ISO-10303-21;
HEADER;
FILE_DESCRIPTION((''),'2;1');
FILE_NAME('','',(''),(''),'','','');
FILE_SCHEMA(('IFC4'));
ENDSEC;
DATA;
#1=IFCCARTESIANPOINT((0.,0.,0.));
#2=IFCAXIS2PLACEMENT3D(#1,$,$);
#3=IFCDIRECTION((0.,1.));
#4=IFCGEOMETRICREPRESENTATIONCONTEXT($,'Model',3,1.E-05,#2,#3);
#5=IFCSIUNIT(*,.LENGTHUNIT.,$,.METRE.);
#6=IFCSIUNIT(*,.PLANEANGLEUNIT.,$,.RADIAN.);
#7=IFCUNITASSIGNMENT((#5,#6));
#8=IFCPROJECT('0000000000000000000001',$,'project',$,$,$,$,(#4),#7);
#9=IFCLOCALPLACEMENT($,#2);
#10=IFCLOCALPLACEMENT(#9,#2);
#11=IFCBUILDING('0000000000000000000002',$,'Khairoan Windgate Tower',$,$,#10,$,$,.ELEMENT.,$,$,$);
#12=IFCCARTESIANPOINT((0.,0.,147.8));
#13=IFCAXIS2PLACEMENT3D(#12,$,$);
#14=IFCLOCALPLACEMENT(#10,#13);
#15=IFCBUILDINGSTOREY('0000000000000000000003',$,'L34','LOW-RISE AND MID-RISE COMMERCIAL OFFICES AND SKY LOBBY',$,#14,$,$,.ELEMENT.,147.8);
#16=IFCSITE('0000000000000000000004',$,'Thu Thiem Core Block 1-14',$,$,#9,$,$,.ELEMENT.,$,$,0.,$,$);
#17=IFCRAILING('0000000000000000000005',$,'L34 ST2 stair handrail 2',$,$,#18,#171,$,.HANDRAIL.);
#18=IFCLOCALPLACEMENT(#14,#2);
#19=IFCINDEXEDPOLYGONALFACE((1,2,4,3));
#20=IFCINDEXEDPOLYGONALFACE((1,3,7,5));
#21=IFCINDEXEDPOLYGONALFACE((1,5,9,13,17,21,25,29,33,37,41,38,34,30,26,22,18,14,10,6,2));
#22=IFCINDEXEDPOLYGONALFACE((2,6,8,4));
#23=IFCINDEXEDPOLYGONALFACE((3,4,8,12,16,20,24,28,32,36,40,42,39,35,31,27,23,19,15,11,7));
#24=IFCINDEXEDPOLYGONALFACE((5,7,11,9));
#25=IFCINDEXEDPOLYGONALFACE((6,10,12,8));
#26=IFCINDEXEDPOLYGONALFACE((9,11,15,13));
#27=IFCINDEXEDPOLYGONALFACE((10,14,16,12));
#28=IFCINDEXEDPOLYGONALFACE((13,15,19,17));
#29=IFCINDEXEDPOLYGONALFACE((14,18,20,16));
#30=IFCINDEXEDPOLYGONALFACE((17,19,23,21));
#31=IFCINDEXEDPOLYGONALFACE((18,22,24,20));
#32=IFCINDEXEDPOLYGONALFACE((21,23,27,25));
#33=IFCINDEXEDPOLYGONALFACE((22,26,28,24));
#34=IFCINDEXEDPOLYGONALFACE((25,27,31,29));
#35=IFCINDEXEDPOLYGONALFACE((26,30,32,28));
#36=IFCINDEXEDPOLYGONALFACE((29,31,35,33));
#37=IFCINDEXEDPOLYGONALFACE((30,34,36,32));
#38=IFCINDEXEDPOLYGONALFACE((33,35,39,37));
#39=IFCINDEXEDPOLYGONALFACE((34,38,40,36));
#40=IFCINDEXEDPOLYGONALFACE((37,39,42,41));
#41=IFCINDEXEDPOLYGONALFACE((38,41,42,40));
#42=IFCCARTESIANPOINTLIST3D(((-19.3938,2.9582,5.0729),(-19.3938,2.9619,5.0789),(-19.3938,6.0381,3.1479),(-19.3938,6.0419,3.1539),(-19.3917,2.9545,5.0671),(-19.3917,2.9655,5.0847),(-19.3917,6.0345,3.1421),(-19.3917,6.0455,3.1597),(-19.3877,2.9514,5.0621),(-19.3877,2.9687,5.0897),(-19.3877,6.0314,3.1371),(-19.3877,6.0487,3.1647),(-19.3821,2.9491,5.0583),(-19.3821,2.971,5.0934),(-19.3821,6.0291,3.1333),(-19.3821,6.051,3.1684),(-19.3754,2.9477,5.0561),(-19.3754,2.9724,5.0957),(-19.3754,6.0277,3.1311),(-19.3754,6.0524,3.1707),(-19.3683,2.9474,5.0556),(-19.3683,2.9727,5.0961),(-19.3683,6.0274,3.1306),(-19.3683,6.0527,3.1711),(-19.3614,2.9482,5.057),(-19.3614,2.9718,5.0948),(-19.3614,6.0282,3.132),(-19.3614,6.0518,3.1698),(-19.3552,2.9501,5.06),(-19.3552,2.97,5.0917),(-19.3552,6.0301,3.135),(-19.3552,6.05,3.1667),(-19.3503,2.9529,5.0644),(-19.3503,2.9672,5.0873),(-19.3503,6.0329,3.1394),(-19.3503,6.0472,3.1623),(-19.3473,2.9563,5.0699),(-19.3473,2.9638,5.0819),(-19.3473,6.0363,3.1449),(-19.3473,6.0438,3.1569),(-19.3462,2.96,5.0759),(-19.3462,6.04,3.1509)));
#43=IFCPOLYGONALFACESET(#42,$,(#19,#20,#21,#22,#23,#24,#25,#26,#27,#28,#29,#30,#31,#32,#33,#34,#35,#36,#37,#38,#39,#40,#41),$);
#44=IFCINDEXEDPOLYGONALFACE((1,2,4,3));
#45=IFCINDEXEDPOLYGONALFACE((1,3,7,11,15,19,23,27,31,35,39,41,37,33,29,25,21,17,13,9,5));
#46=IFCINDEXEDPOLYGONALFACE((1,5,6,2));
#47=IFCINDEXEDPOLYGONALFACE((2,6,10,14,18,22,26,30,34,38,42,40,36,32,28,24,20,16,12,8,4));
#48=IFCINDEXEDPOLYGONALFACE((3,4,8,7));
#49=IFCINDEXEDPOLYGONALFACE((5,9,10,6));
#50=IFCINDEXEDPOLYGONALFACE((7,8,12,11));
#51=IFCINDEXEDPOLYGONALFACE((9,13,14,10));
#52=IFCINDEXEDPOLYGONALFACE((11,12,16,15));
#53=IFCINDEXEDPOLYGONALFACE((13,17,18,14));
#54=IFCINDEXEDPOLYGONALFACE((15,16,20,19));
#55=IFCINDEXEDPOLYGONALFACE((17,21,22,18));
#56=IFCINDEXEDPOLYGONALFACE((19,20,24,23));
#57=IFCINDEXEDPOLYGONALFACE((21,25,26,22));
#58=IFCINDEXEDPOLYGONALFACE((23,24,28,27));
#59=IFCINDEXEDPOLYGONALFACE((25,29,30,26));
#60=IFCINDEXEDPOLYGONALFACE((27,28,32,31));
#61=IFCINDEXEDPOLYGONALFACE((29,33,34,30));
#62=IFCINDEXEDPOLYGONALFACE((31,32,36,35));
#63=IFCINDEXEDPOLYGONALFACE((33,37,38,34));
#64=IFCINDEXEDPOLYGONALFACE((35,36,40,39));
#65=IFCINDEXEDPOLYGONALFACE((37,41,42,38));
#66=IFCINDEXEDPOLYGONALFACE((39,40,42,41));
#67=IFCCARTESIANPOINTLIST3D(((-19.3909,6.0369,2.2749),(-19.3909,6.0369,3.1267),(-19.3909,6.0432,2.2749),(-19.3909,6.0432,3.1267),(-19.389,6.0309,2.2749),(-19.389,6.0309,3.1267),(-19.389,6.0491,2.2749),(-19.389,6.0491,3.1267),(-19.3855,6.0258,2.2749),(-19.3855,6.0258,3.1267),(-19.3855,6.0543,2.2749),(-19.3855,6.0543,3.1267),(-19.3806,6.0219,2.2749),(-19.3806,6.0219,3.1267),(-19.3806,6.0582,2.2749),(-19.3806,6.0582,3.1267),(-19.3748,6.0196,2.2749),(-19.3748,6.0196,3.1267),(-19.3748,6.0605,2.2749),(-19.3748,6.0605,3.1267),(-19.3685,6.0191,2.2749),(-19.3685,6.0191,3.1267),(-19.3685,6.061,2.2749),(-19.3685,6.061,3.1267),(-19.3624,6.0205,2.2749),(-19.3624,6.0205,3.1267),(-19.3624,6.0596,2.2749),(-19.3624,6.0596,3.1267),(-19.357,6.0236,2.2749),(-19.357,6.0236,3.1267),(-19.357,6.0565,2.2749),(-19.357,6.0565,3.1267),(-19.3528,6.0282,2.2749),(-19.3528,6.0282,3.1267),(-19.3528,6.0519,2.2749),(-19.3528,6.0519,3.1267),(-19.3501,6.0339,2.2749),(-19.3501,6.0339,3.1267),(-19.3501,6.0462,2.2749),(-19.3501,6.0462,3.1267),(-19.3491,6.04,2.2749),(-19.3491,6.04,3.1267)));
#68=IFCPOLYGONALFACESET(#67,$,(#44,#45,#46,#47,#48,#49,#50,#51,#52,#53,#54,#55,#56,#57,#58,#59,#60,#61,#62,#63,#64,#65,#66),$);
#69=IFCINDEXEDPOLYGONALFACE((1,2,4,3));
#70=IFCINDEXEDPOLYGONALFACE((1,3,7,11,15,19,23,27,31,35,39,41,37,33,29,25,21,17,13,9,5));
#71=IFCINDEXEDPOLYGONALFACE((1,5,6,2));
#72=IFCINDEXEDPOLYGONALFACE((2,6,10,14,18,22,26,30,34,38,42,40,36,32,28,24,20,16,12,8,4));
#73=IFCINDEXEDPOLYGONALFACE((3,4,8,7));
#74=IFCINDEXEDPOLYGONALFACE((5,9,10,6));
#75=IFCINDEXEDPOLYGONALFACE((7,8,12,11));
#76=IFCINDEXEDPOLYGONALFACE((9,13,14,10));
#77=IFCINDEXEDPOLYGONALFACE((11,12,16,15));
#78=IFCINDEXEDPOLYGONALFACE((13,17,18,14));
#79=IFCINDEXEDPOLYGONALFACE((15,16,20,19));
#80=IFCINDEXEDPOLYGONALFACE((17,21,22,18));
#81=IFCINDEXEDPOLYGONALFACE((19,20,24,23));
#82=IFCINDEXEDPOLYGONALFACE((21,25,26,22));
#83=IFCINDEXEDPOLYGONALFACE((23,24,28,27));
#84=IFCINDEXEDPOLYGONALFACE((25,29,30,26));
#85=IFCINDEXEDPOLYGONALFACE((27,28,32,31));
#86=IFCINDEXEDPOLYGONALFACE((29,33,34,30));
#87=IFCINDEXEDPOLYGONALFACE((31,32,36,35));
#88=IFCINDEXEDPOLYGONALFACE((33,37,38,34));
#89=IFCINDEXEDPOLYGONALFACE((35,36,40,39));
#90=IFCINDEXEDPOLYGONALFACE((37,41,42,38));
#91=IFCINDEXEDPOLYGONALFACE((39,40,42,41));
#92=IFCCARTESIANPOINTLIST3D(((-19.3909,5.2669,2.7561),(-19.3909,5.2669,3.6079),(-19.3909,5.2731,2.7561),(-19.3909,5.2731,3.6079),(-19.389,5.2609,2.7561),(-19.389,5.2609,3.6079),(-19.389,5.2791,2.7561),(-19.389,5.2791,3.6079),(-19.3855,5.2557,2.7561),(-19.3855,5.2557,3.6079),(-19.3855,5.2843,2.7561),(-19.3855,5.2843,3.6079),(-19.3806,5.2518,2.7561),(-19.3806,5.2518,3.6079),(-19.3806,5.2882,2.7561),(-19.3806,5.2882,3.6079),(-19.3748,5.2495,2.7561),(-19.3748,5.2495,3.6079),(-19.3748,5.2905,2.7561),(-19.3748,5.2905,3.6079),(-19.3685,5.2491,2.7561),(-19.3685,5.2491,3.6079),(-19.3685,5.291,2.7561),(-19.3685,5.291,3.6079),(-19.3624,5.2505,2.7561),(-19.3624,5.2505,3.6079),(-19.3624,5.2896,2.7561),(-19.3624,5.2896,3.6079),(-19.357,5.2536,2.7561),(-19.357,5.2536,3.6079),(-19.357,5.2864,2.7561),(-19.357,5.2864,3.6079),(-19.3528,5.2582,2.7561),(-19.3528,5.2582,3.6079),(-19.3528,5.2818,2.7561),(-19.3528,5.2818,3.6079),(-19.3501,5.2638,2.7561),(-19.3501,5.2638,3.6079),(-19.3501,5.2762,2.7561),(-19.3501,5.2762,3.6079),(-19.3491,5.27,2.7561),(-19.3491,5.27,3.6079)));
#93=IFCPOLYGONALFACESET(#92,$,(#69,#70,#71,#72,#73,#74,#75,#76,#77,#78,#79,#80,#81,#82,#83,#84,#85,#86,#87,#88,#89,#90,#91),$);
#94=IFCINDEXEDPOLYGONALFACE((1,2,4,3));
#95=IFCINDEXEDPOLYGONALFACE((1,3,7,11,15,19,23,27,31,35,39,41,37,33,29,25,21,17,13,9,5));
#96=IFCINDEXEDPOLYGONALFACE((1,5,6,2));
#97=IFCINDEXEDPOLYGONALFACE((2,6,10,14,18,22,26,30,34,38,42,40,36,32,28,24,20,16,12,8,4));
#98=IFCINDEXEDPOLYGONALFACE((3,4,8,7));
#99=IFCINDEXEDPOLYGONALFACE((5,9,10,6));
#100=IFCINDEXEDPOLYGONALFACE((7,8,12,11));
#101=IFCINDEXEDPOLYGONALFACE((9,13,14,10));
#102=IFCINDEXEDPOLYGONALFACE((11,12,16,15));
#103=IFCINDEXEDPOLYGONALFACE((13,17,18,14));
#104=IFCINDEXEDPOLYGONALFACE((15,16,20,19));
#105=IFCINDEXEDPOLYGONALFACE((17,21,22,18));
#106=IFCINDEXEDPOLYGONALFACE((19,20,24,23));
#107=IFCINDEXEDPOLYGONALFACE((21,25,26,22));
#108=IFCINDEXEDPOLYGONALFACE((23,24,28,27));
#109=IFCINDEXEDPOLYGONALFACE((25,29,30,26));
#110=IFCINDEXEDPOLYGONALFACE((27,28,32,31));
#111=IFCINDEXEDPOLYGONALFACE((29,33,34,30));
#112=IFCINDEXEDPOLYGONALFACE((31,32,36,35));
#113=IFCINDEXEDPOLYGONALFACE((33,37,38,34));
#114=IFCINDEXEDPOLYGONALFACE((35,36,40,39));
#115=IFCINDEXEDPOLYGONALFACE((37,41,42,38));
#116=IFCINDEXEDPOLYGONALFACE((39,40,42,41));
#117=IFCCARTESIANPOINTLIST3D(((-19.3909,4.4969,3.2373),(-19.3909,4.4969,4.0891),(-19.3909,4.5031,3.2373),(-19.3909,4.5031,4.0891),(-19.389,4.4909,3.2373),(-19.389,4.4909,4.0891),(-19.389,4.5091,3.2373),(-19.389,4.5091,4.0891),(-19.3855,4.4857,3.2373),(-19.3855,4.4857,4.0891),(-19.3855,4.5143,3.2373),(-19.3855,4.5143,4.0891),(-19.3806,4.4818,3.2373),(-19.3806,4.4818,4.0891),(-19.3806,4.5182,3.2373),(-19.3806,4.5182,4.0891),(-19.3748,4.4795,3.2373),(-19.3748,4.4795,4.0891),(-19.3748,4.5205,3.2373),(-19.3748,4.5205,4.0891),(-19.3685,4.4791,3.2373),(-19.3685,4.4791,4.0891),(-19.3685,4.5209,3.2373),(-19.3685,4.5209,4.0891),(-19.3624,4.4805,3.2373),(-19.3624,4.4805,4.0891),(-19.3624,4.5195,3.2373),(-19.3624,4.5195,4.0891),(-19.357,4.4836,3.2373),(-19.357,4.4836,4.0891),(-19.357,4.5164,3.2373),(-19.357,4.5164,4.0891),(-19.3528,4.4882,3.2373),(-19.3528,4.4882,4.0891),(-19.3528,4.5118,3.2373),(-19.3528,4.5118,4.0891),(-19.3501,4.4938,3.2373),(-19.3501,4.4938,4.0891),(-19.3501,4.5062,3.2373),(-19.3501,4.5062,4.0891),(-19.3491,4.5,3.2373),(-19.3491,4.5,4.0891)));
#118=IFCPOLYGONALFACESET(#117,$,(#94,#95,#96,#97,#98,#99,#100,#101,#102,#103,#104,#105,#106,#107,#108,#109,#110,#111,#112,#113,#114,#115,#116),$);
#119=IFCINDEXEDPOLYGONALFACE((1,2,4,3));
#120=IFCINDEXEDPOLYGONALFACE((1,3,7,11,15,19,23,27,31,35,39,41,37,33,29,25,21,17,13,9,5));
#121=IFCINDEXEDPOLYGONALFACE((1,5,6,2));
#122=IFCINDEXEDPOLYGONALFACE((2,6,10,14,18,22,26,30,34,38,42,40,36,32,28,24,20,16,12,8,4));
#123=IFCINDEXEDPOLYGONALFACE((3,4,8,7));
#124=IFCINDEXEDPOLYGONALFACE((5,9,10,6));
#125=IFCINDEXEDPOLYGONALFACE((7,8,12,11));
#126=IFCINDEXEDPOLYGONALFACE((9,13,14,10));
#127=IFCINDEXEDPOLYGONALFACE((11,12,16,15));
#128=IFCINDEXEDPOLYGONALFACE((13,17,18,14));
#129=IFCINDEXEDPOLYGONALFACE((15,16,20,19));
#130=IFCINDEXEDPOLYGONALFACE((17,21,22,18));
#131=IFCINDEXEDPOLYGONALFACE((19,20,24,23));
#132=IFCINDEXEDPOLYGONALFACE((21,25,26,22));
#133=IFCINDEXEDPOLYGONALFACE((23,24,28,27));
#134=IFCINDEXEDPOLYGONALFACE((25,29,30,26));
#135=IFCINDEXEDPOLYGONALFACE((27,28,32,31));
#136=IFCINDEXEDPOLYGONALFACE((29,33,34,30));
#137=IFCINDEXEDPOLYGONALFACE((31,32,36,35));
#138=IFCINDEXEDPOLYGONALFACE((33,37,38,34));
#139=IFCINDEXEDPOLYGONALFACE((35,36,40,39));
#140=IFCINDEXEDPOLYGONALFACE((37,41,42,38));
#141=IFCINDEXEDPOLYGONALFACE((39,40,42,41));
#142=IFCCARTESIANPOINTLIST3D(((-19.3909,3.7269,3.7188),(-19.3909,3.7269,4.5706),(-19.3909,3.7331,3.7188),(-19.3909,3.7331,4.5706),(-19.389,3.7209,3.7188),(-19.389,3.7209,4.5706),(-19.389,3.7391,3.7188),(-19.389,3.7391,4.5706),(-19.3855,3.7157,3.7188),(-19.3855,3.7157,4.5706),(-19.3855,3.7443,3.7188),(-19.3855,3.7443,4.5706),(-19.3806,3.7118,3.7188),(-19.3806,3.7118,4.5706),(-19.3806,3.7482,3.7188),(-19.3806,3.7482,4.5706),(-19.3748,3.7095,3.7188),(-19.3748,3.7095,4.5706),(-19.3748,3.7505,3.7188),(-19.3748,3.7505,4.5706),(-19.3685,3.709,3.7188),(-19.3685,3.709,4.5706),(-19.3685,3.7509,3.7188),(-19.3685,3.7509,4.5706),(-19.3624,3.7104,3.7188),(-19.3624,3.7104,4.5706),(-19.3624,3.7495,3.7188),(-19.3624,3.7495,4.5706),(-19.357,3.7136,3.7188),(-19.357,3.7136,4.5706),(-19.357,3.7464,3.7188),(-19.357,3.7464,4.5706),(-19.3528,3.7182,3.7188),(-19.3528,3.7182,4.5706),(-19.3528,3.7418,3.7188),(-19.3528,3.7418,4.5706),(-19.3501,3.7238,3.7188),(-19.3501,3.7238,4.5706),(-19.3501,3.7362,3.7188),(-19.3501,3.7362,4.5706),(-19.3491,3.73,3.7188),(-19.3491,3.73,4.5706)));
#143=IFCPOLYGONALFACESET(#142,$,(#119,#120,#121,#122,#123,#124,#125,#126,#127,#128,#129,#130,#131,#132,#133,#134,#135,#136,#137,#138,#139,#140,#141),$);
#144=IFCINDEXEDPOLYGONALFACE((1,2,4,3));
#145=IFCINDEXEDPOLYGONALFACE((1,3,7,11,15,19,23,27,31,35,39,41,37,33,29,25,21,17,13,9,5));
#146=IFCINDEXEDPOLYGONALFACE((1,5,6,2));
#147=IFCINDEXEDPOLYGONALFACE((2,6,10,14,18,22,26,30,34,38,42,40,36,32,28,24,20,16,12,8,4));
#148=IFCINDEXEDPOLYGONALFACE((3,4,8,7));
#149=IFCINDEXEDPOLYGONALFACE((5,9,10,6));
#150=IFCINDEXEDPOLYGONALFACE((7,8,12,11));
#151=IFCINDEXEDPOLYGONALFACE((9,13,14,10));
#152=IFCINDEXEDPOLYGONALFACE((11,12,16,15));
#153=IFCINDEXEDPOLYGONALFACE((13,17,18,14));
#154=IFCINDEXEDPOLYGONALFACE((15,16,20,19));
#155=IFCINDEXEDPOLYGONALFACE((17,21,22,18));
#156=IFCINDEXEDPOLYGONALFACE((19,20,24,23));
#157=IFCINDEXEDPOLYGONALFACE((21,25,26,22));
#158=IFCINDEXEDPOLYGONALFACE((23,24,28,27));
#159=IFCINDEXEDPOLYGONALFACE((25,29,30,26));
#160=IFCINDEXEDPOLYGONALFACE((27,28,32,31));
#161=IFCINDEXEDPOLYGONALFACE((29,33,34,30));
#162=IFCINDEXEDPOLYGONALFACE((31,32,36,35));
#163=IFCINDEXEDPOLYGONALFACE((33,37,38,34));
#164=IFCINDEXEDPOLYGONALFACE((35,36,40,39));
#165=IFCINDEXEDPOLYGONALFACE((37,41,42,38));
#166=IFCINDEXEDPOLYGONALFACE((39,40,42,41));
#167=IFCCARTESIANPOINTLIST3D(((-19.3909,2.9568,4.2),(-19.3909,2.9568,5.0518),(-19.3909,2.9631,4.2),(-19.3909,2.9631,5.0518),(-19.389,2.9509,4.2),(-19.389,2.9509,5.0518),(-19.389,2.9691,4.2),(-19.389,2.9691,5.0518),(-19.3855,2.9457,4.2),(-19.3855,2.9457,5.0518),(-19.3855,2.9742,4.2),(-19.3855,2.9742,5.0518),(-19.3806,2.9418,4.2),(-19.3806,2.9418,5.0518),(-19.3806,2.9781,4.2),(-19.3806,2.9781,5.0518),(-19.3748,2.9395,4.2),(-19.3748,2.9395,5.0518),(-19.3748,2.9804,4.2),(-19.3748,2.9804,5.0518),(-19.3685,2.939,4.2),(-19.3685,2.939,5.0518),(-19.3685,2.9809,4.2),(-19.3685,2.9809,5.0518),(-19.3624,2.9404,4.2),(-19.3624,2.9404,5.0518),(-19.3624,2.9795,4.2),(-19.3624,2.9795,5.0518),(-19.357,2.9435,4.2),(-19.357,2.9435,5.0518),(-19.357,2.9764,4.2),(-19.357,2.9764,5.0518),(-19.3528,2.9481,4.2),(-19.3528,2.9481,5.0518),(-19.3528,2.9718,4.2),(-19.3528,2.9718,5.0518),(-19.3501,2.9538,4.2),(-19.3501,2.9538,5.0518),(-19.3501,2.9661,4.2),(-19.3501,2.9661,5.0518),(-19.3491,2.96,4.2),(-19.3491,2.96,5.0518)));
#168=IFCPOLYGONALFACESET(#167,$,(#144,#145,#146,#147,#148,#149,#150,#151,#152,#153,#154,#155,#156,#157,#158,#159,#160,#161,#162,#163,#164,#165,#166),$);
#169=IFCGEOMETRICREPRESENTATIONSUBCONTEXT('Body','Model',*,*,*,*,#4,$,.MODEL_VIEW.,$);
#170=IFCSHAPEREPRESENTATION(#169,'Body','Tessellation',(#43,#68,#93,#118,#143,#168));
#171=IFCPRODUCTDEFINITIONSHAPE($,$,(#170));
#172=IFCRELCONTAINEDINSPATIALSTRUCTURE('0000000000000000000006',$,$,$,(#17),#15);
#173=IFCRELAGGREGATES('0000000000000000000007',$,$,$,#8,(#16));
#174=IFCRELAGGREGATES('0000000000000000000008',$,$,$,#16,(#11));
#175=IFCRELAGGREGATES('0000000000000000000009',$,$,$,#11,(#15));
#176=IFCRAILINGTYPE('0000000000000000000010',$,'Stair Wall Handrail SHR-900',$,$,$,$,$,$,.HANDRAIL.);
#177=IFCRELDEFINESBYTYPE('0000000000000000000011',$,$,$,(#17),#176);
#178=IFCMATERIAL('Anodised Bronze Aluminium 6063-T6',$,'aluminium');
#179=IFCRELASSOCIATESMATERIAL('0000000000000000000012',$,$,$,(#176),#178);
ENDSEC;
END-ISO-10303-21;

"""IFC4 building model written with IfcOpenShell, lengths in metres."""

from ifc_helpers import new_model, si_unit, direction, frame, origin, origin_2d, place, context, subcontext, project, spatial, circle, extrude, material, type_object, element, save


model = new_model("IFC4")

# Units and contexts
model_context = context("Model", 3, precision=1e-05, world=origin(), true_north=direction((0.0, 1.0)))
body_context = subcontext(model_context, "Body", "Model", "MODEL_VIEW")
ifc_project = project(units=[si_unit("LENGTHUNIT", "METRE"), si_unit("PLANEANGLEUNIT", "RADIAN")], contexts=[model_context])

# Site, building, storey
site_placement = place(None, origin())
site = spatial("IfcSite", under=ifc_project, at=site_placement, Name="Thu Thiem Core Block 1-14", CompositionType="ELEMENT", RefElevation=0.0)
building_placement = place(site_placement, origin())
building = spatial("IfcBuilding", under=site, at=building_placement, Name="Khairoan Windgate Tower", CompositionType="ELEMENT")
storey_placement = place(building_placement, frame((0.0, 0.0, 147.8)))
storey = spatial("IfcBuildingStorey", under=building, at=storey_placement, Name="L34", Description="LOW-RISE AND MID-RISE COMMERCIAL OFFICES AND SKY LOBBY", CompositionType="ELEMENT", Elevation=147.8)

# Railing
ifc_material_1 = material(Name="Anodised Bronze Aluminium 6063-T6", Category="aluminium")
railing_type_1 = type_object("IfcRailingType", Name="Stair Wall Handrail SHR-900", PredefinedType="HANDRAIL", material=ifc_material_1)
railing_1_placement = place(storey_placement, frame((-19.3701, 6.04, 2.2749)))
element("IfcRailing", 1, at=railing_1_placement, inside=storey, type_object=railing_type_1, Name="L34 ST2 stair handrail 2", PredefinedType="HANDRAIL", context=body_context, shape_type="SweptSolid", body=[
    extrude(circle(Radius=0.0239, at=origin_2d()), frame((0.0, 0.0, 0.876), z_axis=(0.0, -0.847998, 0.529999), x_axis=(1.0, 0.0, 0.0)), (0.0, 0.0, 1.0), 3.6321),
    extrude(circle(Radius=0.021, at=origin_2d()), origin(), (0.0, 0.0, 1.0), 0.8518),
    extrude(circle(Radius=0.021, at=origin_2d()), frame((0.0, -0.77, 0.4812)), (0.0, 0.0, 1.0), 0.8518),
    extrude(circle(Radius=0.021, at=origin_2d()), frame((0.0, -1.54, 0.9624)), (0.0, 0.0, 1.0), 0.8518),
    extrude(circle(Radius=0.021, at=origin_2d()), frame((0.0, -2.3101, 1.4438)), (0.0, 0.0, 1.0), 0.8518),
    extrude(circle(Radius=0.021, at=origin_2d()), frame((0.0, -3.0801, 1.925)), (0.0, 0.0, 1.0), 0.8518),
])

save(model, "model.ifc")
